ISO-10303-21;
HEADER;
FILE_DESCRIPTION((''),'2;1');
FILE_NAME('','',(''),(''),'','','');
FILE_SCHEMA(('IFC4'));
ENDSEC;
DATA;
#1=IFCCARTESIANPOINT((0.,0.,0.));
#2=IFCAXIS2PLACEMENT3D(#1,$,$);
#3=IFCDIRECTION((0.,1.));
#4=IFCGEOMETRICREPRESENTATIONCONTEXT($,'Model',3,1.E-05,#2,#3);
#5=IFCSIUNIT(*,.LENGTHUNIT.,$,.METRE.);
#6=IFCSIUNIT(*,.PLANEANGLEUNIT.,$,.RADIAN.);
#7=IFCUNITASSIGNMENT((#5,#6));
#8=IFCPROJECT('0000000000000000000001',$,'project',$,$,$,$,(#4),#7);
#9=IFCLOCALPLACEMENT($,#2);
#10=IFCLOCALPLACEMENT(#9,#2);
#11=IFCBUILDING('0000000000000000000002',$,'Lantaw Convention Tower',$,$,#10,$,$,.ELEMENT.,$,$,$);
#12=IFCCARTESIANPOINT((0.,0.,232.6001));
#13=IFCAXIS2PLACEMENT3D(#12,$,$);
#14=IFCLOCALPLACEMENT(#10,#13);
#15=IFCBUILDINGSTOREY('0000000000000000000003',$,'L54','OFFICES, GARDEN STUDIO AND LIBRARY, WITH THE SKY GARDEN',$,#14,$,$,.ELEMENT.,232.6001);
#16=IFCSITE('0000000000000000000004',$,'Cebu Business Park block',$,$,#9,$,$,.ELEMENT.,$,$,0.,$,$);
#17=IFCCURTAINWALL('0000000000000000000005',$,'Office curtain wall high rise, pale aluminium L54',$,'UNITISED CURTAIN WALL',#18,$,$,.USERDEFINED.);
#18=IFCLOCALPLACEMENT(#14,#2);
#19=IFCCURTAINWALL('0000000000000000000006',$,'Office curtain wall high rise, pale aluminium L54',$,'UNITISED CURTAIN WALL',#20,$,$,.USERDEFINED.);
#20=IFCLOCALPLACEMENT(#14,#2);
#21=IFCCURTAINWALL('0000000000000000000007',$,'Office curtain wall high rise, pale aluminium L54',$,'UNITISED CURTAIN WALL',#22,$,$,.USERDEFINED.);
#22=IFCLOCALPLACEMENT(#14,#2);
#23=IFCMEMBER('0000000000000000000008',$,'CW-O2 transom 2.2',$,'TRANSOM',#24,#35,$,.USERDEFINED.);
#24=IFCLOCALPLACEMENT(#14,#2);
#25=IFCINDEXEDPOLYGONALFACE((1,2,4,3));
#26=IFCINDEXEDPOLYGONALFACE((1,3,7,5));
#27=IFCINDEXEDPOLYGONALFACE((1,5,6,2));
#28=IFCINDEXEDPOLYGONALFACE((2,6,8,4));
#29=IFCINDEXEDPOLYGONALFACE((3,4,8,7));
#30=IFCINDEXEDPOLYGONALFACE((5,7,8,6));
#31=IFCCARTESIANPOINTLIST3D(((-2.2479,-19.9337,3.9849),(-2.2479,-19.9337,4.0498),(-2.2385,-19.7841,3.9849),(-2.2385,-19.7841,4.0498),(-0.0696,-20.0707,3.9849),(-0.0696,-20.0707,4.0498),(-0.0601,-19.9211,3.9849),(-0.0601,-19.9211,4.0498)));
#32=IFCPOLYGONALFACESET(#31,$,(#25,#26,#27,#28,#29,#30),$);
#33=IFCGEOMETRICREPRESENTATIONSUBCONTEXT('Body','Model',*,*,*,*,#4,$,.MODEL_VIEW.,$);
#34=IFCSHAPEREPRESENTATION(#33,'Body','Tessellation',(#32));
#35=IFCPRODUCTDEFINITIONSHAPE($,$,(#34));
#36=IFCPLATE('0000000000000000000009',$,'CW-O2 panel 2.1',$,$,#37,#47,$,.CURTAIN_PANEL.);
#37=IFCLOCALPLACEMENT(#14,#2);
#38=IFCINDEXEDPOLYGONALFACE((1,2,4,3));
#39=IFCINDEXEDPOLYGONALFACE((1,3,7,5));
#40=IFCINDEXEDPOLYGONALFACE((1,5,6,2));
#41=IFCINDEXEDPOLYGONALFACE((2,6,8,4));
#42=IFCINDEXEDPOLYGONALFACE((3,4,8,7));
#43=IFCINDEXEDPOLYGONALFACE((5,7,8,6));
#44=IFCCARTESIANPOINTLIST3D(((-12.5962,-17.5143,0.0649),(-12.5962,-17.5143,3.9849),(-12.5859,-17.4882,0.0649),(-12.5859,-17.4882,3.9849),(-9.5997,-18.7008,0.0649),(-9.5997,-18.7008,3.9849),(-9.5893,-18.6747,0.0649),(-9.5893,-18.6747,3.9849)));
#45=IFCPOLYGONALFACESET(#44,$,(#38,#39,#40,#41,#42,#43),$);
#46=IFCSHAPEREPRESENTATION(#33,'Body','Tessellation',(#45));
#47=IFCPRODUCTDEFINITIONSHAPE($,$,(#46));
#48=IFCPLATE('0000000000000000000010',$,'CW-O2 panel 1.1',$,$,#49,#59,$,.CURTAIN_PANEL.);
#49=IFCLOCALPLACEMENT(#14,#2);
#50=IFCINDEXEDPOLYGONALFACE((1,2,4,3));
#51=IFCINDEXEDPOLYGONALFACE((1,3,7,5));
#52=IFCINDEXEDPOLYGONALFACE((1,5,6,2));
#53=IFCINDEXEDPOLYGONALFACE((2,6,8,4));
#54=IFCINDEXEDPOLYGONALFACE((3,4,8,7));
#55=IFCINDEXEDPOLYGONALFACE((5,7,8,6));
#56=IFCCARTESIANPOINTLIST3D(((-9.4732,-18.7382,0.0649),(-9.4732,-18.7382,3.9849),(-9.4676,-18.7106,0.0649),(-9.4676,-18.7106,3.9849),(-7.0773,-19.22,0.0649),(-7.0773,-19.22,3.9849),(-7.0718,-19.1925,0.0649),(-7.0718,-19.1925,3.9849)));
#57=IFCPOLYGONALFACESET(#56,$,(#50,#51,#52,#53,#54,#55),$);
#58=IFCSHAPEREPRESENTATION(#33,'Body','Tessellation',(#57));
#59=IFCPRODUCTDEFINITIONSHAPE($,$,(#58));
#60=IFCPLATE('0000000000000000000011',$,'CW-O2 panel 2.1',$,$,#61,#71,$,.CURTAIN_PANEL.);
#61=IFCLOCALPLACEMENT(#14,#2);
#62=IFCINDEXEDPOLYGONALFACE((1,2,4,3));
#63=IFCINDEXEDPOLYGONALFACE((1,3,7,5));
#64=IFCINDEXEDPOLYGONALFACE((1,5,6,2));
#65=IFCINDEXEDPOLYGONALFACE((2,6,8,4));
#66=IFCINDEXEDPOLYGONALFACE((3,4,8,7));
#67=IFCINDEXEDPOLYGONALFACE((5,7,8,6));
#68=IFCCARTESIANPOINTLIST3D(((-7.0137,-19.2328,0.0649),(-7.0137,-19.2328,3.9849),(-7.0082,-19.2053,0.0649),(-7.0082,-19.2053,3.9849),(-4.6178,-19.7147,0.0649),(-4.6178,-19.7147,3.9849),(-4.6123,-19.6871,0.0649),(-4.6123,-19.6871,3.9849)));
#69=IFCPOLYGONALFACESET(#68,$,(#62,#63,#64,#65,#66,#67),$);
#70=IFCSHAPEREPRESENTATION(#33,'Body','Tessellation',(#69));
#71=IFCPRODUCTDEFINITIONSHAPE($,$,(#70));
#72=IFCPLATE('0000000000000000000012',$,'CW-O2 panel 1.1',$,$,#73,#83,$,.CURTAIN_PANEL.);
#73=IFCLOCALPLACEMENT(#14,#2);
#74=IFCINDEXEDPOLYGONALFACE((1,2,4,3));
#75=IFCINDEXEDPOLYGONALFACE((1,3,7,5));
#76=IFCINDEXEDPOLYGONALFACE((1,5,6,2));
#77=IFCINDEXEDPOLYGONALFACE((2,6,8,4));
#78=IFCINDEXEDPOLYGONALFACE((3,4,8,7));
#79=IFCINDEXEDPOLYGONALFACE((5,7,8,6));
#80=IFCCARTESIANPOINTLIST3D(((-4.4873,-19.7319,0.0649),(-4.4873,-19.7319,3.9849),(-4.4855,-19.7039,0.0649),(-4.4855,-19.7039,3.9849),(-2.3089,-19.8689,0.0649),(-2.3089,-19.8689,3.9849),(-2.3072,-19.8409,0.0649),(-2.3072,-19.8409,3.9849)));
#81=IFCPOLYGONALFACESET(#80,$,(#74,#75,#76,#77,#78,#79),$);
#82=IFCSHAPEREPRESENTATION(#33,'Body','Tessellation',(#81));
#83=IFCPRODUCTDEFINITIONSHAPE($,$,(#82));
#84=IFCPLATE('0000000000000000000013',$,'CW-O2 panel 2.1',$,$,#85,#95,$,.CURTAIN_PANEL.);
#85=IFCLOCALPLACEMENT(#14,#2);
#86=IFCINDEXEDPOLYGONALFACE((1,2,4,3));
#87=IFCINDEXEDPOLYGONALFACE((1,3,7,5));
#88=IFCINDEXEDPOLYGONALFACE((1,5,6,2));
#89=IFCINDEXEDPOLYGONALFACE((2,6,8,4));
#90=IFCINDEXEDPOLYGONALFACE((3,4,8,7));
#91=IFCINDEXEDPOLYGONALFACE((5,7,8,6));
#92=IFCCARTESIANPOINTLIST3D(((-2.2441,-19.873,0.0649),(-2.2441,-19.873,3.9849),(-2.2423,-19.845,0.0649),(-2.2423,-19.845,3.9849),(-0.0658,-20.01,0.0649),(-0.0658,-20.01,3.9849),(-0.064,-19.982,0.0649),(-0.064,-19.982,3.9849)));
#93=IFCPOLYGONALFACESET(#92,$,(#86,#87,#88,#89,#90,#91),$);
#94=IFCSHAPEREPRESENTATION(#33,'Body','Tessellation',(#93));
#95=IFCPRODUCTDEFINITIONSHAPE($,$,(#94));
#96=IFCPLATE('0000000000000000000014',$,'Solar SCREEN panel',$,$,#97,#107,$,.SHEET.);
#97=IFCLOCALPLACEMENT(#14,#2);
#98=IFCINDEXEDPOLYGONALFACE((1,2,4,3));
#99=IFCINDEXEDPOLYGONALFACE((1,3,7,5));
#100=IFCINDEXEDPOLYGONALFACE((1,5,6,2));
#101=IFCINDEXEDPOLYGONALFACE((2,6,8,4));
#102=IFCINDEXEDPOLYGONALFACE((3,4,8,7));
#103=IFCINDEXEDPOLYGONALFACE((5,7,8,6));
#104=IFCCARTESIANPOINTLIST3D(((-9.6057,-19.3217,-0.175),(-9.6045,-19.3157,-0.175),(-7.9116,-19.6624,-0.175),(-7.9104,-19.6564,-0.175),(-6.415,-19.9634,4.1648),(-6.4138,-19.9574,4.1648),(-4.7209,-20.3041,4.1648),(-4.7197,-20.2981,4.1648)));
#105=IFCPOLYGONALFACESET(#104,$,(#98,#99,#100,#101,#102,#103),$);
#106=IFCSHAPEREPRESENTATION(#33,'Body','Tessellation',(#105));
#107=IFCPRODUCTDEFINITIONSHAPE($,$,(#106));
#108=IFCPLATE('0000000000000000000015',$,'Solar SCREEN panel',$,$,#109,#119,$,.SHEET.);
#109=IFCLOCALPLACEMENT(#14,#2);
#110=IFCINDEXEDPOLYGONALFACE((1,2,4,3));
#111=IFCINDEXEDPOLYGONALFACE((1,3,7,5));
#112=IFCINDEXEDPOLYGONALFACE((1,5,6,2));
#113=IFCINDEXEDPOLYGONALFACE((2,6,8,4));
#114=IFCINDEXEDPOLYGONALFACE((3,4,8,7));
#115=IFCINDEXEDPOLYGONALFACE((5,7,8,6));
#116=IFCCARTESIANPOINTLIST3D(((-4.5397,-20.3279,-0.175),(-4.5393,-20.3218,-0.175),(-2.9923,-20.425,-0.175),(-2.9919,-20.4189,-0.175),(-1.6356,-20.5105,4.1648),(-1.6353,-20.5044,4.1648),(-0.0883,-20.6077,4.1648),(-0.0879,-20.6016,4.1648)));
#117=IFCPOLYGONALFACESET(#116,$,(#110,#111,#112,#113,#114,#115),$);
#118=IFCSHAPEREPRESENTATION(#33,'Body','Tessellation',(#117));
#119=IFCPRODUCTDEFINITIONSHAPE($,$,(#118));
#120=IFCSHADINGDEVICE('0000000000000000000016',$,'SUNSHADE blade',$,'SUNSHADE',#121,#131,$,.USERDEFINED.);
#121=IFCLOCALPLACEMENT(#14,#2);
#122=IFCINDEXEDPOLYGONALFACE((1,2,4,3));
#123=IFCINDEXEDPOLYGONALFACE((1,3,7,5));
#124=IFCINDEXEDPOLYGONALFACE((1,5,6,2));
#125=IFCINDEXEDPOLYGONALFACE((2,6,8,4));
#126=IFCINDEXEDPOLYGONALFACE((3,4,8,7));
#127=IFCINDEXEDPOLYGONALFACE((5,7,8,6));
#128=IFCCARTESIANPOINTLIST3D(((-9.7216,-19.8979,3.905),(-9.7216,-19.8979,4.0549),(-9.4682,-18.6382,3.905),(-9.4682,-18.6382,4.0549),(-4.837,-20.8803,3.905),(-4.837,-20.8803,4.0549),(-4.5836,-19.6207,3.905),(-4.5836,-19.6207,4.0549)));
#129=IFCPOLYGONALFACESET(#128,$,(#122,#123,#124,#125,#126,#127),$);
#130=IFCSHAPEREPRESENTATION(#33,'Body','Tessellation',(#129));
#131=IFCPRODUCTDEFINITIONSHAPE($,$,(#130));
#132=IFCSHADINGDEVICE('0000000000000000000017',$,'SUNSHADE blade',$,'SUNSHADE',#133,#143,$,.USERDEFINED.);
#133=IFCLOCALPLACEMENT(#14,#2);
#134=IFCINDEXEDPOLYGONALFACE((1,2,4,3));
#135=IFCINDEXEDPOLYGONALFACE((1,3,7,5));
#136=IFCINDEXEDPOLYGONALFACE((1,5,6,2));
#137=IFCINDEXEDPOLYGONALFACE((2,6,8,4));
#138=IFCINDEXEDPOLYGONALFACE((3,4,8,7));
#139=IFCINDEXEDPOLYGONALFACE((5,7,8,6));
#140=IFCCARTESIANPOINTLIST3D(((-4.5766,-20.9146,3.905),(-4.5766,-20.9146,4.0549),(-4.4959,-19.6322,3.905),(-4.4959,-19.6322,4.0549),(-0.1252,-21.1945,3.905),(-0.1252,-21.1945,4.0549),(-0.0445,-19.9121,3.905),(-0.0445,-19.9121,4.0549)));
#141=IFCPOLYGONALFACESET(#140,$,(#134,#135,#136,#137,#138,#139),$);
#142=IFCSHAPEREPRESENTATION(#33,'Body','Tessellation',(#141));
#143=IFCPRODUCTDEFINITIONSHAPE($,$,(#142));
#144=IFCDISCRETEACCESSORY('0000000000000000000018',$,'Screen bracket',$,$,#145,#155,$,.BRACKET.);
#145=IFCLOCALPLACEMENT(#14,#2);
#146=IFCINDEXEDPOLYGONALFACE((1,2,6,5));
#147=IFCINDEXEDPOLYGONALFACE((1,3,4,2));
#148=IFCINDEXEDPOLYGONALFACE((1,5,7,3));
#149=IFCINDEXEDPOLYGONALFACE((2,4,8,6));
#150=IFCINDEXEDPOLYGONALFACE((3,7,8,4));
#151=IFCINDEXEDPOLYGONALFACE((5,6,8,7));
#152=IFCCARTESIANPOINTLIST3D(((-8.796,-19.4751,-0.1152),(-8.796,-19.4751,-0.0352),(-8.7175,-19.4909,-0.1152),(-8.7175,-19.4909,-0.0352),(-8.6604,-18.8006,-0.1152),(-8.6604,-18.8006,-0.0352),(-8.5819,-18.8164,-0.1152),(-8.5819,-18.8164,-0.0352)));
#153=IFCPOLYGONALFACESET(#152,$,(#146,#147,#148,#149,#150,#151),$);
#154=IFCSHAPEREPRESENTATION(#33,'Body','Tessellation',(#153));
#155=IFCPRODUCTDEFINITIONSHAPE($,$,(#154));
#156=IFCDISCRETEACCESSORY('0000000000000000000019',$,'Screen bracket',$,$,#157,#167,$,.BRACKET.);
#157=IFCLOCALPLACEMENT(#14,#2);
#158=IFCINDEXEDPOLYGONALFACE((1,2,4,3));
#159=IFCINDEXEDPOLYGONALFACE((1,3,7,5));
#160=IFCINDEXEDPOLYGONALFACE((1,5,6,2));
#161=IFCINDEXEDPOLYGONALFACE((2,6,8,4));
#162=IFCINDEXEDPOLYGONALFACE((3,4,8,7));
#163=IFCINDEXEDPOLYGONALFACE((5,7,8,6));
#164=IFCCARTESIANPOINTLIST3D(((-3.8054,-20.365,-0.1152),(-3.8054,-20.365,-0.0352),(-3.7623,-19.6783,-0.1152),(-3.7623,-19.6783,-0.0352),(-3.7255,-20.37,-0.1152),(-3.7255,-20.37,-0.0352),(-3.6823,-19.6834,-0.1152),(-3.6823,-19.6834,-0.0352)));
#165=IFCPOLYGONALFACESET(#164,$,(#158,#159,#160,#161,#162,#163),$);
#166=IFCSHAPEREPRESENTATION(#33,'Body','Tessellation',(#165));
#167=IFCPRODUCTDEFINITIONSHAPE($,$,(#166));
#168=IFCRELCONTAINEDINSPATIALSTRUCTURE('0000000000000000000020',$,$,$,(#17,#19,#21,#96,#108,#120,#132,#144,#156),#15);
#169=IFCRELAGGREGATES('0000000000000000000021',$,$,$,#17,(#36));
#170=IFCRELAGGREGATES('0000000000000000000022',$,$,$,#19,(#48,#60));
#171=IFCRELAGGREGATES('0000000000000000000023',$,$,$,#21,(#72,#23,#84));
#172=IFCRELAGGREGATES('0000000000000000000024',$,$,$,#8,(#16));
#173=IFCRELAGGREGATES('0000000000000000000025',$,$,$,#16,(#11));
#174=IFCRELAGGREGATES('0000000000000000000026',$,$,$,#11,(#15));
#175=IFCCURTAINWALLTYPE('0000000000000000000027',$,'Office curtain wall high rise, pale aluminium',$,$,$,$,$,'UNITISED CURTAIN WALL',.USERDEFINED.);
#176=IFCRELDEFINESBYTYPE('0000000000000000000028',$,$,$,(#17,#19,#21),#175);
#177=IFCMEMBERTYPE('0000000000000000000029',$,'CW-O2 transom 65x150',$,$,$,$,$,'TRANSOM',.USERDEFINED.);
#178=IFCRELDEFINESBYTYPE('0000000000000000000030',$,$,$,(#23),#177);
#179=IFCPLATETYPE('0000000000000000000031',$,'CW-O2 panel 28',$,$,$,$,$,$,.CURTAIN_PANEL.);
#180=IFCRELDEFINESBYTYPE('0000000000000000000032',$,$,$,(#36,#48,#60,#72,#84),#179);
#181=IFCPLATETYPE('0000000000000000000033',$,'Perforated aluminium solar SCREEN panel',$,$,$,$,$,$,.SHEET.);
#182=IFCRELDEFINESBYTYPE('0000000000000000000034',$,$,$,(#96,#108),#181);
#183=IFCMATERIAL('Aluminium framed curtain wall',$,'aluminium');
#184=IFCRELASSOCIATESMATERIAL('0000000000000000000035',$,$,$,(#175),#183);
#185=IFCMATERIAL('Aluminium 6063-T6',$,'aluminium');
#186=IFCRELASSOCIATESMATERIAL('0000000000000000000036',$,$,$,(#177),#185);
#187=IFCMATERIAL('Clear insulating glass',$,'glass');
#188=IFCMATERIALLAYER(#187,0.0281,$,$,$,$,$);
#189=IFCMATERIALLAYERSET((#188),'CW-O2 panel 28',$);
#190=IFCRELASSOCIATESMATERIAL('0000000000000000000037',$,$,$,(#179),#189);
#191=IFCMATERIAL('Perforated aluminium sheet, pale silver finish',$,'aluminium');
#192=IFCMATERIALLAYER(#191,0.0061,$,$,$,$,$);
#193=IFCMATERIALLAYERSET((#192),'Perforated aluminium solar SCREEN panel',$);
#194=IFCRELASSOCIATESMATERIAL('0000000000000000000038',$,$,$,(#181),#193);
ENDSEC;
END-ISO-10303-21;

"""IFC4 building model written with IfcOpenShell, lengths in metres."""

from ifc_helpers import new_model, si_unit, direction, frame, origin, origin_2d, place, context, subcontext, project, spatial, polyline, rectangle, outline, extrude, material, layer, layer_set, material_profile, profile_set, type_object, element, aggregate, save


model = new_model("IFC4")

# Units and contexts
model_context = context("Model", 3, precision=1e-05, world=origin(), true_north=direction((0.0, 1.0)))
body_context = subcontext(model_context, "Body", "Model", "MODEL_VIEW")
ifc_project = project(units=[si_unit("LENGTHUNIT", "METRE"), si_unit("PLANEANGLEUNIT", "RADIAN")], contexts=[model_context])

# Site, building, storey
site_placement = place(None, origin())
site = spatial("IfcSite", under=ifc_project, at=site_placement, Name="Cebu Business Park block", CompositionType="ELEMENT", RefElevation=0.0)
building_placement = place(site_placement, origin())
building = spatial("IfcBuilding", under=site, at=building_placement, Name="Lantaw Convention Tower", CompositionType="ELEMENT")
storey_placement = place(building_placement, frame((0.0, 0.0, 232.6001)))
storey = spatial("IfcBuildingStorey", under=building, at=storey_placement, Name="L54", Description="OFFICES, GARDEN STUDIO AND LIBRARY, WITH THE SKY GARDEN", CompositionType="ELEMENT", Elevation=232.6001)

# Curtain wall
ifc_material_1 = material(Name="Aluminium framed curtain wall", Category="aluminium")
curtain_wall_type = type_object("IfcCurtainWallType", Name="Office curtain wall high rise, pale aluminium", ElementType="UNITISED CURTAIN WALL", PredefinedType="USERDEFINED", material=ifc_material_1)
curtain_wall_1_placement = place(storey_placement, origin())
curtain_wall_1 = element("IfcCurtainWall", 1, at=curtain_wall_1_placement, inside=storey, type_object=curtain_wall_type, Name="Office curtain wall high rise, pale aluminium L54", ObjectType="UNITISED CURTAIN WALL", PredefinedType="USERDEFINED")
ifc_material_2 = material(Name="Aluminium 6063-T6", Category="aluminium")

# Curtain walls
curtain_wall_2_placement = place(storey_placement, origin())
curtain_wall_2 = element("IfcCurtainWall", 2, at=curtain_wall_2_placement, inside=storey, type_object=curtain_wall_type, Name="Office curtain wall high rise, pale aluminium L54", ObjectType="UNITISED CURTAIN WALL", PredefinedType="USERDEFINED")
curtain_wall_3_placement = place(storey_placement, origin())
curtain_wall_3 = element("IfcCurtainWall", 3, at=curtain_wall_3_placement, inside=storey, type_object=curtain_wall_type, Name="Office curtain wall high rise, pale aluminium L54", ObjectType="UNITISED CURTAIN WALL", PredefinedType="USERDEFINED")

# Member
ifc_material_profile_1 = material_profile(ifc_material_2, rectangle(XDim=0.1499, YDim=0.0649, at=origin_2d()), Name="CW-O2 transom 65x150")
ifc_profile_set_1 = profile_set([ifc_material_profile_1], Name="Aluminium 6063-T6")
member_type_1 = type_object("IfcMemberType", Name="CW-O2 transom 65x150", ElementType="TRANSOM", PredefinedType="USERDEFINED", material=ifc_profile_set_1)
member_1_placement = place(storey_placement, frame((-2.2432, -19.8589, 4.0173), z_axis=(0.998029, -0.062754, 0.0), x_axis=(0.062754, 0.998029, 0.0)))
member_1 = element("IfcMember", 4, at=member_1_placement, type_object=member_type_1, Name="CW-O2 transom 2.2", ObjectType="TRANSOM", PredefinedType="USERDEFINED", context=body_context, shape_type="SweptSolid", body=[
    extrude(rectangle(XDim=0.1499, YDim=0.0649, at=origin_2d()), origin(), (0.0, 0.0, 1.0), 2.1826),
])

# Plates
ifc_material_3 = material(Name="Clear insulating glass", Category="glass")
ifc_layer_1 = layer(ifc_material_3, 0.0281)
ifc_layer_set_1 = layer_set([ifc_layer_1], Name="CW-O2 panel 28")
plate_type_1 = type_object("IfcPlateType", Name="CW-O2 panel 28", PredefinedType="CURTAIN_PANEL", material=ifc_layer_set_1)
plate_1_placement = place(storey_placement, frame((-11.0928, -18.0945, 0.0649), z_axis=(0.0, 0.0, 1.0), x_axis=(0.929762, -0.368162, 0.0)))
plate_1 = element("IfcPlate", 5, at=plate_1_placement, type_object=plate_type_1, Name="CW-O2 panel 2.1", PredefinedType="CURTAIN_PANEL", context=body_context, shape_type="SweptSolid", body=[
    extrude(rectangle(XDim=3.2229, YDim=0.0281, at=origin_2d()), origin(), (0.0, 0.0, 1.0), 3.9199),
])
aggregate(curtain_wall_1, [plate_1])
plate_2_placement = place(storey_placement, frame((-8.2725, -18.9653, 0.0649), z_axis=(0.0, 0.0, 1.0), x_axis=(0.980367, -0.197183, 0.0)))
plate_2 = element("IfcPlate", 6, at=plate_2_placement, type_object=plate_type_1, Name="CW-O2 panel 1.1", PredefinedType="CURTAIN_PANEL", context=body_context, shape_type="SweptSolid", body=[
    extrude(rectangle(XDim=2.4438, YDim=0.0281, at=origin_2d()), origin(), (0.0, 0.0, 1.0), 3.9199),
])
plate_3_placement = place(storey_placement, frame((-5.813, -19.46, 0.0649), z_axis=(0.0, 0.0, 1.0), x_axis=(0.980367, -0.197183, 0.0)))
plate_3 = element("IfcPlate", 7, at=plate_3_placement, type_object=plate_type_1, Name="CW-O2 panel 2.1", PredefinedType="CURTAIN_PANEL", context=body_context, shape_type="SweptSolid", body=[
    extrude(rectangle(XDim=2.4438, YDim=0.0281, at=origin_2d()), origin(), (0.0, 0.0, 1.0), 3.9199),
])
aggregate(curtain_wall_2, [plate_2, plate_3])
plate_4_placement = place(storey_placement, frame((-3.3972, -19.7864, 0.0649), z_axis=(0.0, 0.0, 1.0), x_axis=(0.998029, -0.062758, 0.0)))
plate_4 = element("IfcPlate", 8, at=plate_4_placement, type_object=plate_type_1, Name="CW-O2 panel 1.1", PredefinedType="CURTAIN_PANEL", context=body_context, shape_type="SweptSolid", body=[
    extrude(rectangle(XDim=2.1826, YDim=0.0281, at=origin_2d()), origin(), (0.0, 0.0, 1.0), 3.9199),
])
plate_5_placement = place(storey_placement, frame((-1.1541, -19.9275, 0.0649), z_axis=(0.0, 0.0, 1.0), x_axis=(0.998029, -0.062758, 0.0)))
plate_5 = element("IfcPlate", 9, at=plate_5_placement, type_object=plate_type_1, Name="CW-O2 panel 2.1", PredefinedType="CURTAIN_PANEL", context=body_context, shape_type="SweptSolid", body=[
    extrude(rectangle(XDim=2.1826, YDim=0.0281, at=origin_2d()), origin(), (0.0, 0.0, 1.0), 3.9199),
])
aggregate(curtain_wall_3, [plate_4, member_1, plate_5])

# Plates
ifc_material_4 = material(Name="Perforated aluminium sheet, pale silver finish", Category="aluminium")
ifc_layer_2 = layer(ifc_material_4, 0.0061)
ifc_layer_set_2 = layer_set([ifc_layer_2], Name="Perforated aluminium solar SCREEN panel")
plate_type_2 = type_object("IfcPlateType", Name="Perforated aluminium solar SCREEN panel", PredefinedType="SHEET", material=ifc_layer_set_2)
plate_6_placement = place(storey_placement, frame((-9.6045, -19.3157, -0.175), z_axis=(0.197162, 0.980371, 0.000011), x_axis=(0.980371, -0.197162, 0.0)))
element("IfcPlate", 10, at=plate_6_placement, inside=storey, type_object=plate_type_2, Name="Solar SCREEN panel", PredefinedType="SHEET", context=body_context, shape_type="SweptSolid", body=[
    extrude(outline(polyline([(0.0, 0.0), (1.728, 0.0), (4.9826, -4.3398), (3.2545, -4.3398), (0.0, 0.0)])), origin(), (0.0, 0.0, -1.0), 0.0061),
])
plate_7_placement = place(storey_placement, frame((-4.5393, -20.3218, -0.175), z_axis=(0.062672, 0.998034, 0.000059), x_axis=(0.998034, -0.062672, 0.0)))
element("IfcPlate", 11, at=plate_7_placement, inside=storey, type_object=plate_type_2, Name="Solar SCREEN panel", PredefinedType="SHEET", context=body_context, shape_type="SweptSolid", body=[
    extrude(outline(polyline([(0.0, 0.0), (1.5504, 0.0), (4.4602, -4.3398), (2.9098, -4.3398), (0.0, 0.0)])), origin(), (0.0, 0.0, -1.0), 0.0061),
])

# Shading devices
shading_device_1_placement = place(storey_placement, frame((-7.1526, -19.7593, 3.905), z_axis=(0.0, 0.0, 1.0), x_axis=(0.980367, -0.197183, 0.0)))
element("IfcShadingDevice", 12, at=shading_device_1_placement, inside=storey, Name="SUNSHADE blade", ObjectType="SUNSHADE", PredefinedType="USERDEFINED", context=body_context, shape_type="SweptSolid", body=[
    extrude(rectangle(XDim=4.9824, YDim=1.2849, at=origin_2d()), origin(), (0.0, 0.0, 1.0), 0.1499),
])
shading_device_2_placement = place(storey_placement, frame((-2.3105, -20.4133, 3.905), z_axis=(0.0, 0.0, 1.0), x_axis=(0.998029, -0.062758, 0.0)))
element("IfcShadingDevice", 13, at=shading_device_2_placement, inside=storey, Name="SUNSHADE blade", ObjectType="SUNSHADE", PredefinedType="USERDEFINED", context=body_context, shape_type="SweptSolid", body=[
    extrude(rectangle(XDim=4.4602, YDim=1.2849, at=origin_2d()), origin(), (0.0, 0.0, 1.0), 0.1499),
])

# Discrete accessories
for number, where, z_axis, x_axis, name in (
    (14, (-8.689, -19.1458, -0.1152), (0.0, 0.0, 1.0), (0.980367, -0.197183, 0.0), "Screen bracket"),
    (15, (-3.7439, -20.0242, -0.1152), (0.0, 0.0, 1.0), (0.998029, -0.062758, 0.0), "Screen bracket"),
):
    element("IfcDiscreteAccessory", number, at=place(storey_placement, frame(where, z_axis=z_axis, x_axis=x_axis)), inside=storey, Name=name, PredefinedType="BRACKET", context=body_context, shape_type="SweptSolid", body=[
        extrude(rectangle(XDim=0.0801, YDim=0.688, at=origin_2d()), origin(), (0.0, 0.0, 1.0), 0.0801),
    ])

save(model, "model.ifc")
